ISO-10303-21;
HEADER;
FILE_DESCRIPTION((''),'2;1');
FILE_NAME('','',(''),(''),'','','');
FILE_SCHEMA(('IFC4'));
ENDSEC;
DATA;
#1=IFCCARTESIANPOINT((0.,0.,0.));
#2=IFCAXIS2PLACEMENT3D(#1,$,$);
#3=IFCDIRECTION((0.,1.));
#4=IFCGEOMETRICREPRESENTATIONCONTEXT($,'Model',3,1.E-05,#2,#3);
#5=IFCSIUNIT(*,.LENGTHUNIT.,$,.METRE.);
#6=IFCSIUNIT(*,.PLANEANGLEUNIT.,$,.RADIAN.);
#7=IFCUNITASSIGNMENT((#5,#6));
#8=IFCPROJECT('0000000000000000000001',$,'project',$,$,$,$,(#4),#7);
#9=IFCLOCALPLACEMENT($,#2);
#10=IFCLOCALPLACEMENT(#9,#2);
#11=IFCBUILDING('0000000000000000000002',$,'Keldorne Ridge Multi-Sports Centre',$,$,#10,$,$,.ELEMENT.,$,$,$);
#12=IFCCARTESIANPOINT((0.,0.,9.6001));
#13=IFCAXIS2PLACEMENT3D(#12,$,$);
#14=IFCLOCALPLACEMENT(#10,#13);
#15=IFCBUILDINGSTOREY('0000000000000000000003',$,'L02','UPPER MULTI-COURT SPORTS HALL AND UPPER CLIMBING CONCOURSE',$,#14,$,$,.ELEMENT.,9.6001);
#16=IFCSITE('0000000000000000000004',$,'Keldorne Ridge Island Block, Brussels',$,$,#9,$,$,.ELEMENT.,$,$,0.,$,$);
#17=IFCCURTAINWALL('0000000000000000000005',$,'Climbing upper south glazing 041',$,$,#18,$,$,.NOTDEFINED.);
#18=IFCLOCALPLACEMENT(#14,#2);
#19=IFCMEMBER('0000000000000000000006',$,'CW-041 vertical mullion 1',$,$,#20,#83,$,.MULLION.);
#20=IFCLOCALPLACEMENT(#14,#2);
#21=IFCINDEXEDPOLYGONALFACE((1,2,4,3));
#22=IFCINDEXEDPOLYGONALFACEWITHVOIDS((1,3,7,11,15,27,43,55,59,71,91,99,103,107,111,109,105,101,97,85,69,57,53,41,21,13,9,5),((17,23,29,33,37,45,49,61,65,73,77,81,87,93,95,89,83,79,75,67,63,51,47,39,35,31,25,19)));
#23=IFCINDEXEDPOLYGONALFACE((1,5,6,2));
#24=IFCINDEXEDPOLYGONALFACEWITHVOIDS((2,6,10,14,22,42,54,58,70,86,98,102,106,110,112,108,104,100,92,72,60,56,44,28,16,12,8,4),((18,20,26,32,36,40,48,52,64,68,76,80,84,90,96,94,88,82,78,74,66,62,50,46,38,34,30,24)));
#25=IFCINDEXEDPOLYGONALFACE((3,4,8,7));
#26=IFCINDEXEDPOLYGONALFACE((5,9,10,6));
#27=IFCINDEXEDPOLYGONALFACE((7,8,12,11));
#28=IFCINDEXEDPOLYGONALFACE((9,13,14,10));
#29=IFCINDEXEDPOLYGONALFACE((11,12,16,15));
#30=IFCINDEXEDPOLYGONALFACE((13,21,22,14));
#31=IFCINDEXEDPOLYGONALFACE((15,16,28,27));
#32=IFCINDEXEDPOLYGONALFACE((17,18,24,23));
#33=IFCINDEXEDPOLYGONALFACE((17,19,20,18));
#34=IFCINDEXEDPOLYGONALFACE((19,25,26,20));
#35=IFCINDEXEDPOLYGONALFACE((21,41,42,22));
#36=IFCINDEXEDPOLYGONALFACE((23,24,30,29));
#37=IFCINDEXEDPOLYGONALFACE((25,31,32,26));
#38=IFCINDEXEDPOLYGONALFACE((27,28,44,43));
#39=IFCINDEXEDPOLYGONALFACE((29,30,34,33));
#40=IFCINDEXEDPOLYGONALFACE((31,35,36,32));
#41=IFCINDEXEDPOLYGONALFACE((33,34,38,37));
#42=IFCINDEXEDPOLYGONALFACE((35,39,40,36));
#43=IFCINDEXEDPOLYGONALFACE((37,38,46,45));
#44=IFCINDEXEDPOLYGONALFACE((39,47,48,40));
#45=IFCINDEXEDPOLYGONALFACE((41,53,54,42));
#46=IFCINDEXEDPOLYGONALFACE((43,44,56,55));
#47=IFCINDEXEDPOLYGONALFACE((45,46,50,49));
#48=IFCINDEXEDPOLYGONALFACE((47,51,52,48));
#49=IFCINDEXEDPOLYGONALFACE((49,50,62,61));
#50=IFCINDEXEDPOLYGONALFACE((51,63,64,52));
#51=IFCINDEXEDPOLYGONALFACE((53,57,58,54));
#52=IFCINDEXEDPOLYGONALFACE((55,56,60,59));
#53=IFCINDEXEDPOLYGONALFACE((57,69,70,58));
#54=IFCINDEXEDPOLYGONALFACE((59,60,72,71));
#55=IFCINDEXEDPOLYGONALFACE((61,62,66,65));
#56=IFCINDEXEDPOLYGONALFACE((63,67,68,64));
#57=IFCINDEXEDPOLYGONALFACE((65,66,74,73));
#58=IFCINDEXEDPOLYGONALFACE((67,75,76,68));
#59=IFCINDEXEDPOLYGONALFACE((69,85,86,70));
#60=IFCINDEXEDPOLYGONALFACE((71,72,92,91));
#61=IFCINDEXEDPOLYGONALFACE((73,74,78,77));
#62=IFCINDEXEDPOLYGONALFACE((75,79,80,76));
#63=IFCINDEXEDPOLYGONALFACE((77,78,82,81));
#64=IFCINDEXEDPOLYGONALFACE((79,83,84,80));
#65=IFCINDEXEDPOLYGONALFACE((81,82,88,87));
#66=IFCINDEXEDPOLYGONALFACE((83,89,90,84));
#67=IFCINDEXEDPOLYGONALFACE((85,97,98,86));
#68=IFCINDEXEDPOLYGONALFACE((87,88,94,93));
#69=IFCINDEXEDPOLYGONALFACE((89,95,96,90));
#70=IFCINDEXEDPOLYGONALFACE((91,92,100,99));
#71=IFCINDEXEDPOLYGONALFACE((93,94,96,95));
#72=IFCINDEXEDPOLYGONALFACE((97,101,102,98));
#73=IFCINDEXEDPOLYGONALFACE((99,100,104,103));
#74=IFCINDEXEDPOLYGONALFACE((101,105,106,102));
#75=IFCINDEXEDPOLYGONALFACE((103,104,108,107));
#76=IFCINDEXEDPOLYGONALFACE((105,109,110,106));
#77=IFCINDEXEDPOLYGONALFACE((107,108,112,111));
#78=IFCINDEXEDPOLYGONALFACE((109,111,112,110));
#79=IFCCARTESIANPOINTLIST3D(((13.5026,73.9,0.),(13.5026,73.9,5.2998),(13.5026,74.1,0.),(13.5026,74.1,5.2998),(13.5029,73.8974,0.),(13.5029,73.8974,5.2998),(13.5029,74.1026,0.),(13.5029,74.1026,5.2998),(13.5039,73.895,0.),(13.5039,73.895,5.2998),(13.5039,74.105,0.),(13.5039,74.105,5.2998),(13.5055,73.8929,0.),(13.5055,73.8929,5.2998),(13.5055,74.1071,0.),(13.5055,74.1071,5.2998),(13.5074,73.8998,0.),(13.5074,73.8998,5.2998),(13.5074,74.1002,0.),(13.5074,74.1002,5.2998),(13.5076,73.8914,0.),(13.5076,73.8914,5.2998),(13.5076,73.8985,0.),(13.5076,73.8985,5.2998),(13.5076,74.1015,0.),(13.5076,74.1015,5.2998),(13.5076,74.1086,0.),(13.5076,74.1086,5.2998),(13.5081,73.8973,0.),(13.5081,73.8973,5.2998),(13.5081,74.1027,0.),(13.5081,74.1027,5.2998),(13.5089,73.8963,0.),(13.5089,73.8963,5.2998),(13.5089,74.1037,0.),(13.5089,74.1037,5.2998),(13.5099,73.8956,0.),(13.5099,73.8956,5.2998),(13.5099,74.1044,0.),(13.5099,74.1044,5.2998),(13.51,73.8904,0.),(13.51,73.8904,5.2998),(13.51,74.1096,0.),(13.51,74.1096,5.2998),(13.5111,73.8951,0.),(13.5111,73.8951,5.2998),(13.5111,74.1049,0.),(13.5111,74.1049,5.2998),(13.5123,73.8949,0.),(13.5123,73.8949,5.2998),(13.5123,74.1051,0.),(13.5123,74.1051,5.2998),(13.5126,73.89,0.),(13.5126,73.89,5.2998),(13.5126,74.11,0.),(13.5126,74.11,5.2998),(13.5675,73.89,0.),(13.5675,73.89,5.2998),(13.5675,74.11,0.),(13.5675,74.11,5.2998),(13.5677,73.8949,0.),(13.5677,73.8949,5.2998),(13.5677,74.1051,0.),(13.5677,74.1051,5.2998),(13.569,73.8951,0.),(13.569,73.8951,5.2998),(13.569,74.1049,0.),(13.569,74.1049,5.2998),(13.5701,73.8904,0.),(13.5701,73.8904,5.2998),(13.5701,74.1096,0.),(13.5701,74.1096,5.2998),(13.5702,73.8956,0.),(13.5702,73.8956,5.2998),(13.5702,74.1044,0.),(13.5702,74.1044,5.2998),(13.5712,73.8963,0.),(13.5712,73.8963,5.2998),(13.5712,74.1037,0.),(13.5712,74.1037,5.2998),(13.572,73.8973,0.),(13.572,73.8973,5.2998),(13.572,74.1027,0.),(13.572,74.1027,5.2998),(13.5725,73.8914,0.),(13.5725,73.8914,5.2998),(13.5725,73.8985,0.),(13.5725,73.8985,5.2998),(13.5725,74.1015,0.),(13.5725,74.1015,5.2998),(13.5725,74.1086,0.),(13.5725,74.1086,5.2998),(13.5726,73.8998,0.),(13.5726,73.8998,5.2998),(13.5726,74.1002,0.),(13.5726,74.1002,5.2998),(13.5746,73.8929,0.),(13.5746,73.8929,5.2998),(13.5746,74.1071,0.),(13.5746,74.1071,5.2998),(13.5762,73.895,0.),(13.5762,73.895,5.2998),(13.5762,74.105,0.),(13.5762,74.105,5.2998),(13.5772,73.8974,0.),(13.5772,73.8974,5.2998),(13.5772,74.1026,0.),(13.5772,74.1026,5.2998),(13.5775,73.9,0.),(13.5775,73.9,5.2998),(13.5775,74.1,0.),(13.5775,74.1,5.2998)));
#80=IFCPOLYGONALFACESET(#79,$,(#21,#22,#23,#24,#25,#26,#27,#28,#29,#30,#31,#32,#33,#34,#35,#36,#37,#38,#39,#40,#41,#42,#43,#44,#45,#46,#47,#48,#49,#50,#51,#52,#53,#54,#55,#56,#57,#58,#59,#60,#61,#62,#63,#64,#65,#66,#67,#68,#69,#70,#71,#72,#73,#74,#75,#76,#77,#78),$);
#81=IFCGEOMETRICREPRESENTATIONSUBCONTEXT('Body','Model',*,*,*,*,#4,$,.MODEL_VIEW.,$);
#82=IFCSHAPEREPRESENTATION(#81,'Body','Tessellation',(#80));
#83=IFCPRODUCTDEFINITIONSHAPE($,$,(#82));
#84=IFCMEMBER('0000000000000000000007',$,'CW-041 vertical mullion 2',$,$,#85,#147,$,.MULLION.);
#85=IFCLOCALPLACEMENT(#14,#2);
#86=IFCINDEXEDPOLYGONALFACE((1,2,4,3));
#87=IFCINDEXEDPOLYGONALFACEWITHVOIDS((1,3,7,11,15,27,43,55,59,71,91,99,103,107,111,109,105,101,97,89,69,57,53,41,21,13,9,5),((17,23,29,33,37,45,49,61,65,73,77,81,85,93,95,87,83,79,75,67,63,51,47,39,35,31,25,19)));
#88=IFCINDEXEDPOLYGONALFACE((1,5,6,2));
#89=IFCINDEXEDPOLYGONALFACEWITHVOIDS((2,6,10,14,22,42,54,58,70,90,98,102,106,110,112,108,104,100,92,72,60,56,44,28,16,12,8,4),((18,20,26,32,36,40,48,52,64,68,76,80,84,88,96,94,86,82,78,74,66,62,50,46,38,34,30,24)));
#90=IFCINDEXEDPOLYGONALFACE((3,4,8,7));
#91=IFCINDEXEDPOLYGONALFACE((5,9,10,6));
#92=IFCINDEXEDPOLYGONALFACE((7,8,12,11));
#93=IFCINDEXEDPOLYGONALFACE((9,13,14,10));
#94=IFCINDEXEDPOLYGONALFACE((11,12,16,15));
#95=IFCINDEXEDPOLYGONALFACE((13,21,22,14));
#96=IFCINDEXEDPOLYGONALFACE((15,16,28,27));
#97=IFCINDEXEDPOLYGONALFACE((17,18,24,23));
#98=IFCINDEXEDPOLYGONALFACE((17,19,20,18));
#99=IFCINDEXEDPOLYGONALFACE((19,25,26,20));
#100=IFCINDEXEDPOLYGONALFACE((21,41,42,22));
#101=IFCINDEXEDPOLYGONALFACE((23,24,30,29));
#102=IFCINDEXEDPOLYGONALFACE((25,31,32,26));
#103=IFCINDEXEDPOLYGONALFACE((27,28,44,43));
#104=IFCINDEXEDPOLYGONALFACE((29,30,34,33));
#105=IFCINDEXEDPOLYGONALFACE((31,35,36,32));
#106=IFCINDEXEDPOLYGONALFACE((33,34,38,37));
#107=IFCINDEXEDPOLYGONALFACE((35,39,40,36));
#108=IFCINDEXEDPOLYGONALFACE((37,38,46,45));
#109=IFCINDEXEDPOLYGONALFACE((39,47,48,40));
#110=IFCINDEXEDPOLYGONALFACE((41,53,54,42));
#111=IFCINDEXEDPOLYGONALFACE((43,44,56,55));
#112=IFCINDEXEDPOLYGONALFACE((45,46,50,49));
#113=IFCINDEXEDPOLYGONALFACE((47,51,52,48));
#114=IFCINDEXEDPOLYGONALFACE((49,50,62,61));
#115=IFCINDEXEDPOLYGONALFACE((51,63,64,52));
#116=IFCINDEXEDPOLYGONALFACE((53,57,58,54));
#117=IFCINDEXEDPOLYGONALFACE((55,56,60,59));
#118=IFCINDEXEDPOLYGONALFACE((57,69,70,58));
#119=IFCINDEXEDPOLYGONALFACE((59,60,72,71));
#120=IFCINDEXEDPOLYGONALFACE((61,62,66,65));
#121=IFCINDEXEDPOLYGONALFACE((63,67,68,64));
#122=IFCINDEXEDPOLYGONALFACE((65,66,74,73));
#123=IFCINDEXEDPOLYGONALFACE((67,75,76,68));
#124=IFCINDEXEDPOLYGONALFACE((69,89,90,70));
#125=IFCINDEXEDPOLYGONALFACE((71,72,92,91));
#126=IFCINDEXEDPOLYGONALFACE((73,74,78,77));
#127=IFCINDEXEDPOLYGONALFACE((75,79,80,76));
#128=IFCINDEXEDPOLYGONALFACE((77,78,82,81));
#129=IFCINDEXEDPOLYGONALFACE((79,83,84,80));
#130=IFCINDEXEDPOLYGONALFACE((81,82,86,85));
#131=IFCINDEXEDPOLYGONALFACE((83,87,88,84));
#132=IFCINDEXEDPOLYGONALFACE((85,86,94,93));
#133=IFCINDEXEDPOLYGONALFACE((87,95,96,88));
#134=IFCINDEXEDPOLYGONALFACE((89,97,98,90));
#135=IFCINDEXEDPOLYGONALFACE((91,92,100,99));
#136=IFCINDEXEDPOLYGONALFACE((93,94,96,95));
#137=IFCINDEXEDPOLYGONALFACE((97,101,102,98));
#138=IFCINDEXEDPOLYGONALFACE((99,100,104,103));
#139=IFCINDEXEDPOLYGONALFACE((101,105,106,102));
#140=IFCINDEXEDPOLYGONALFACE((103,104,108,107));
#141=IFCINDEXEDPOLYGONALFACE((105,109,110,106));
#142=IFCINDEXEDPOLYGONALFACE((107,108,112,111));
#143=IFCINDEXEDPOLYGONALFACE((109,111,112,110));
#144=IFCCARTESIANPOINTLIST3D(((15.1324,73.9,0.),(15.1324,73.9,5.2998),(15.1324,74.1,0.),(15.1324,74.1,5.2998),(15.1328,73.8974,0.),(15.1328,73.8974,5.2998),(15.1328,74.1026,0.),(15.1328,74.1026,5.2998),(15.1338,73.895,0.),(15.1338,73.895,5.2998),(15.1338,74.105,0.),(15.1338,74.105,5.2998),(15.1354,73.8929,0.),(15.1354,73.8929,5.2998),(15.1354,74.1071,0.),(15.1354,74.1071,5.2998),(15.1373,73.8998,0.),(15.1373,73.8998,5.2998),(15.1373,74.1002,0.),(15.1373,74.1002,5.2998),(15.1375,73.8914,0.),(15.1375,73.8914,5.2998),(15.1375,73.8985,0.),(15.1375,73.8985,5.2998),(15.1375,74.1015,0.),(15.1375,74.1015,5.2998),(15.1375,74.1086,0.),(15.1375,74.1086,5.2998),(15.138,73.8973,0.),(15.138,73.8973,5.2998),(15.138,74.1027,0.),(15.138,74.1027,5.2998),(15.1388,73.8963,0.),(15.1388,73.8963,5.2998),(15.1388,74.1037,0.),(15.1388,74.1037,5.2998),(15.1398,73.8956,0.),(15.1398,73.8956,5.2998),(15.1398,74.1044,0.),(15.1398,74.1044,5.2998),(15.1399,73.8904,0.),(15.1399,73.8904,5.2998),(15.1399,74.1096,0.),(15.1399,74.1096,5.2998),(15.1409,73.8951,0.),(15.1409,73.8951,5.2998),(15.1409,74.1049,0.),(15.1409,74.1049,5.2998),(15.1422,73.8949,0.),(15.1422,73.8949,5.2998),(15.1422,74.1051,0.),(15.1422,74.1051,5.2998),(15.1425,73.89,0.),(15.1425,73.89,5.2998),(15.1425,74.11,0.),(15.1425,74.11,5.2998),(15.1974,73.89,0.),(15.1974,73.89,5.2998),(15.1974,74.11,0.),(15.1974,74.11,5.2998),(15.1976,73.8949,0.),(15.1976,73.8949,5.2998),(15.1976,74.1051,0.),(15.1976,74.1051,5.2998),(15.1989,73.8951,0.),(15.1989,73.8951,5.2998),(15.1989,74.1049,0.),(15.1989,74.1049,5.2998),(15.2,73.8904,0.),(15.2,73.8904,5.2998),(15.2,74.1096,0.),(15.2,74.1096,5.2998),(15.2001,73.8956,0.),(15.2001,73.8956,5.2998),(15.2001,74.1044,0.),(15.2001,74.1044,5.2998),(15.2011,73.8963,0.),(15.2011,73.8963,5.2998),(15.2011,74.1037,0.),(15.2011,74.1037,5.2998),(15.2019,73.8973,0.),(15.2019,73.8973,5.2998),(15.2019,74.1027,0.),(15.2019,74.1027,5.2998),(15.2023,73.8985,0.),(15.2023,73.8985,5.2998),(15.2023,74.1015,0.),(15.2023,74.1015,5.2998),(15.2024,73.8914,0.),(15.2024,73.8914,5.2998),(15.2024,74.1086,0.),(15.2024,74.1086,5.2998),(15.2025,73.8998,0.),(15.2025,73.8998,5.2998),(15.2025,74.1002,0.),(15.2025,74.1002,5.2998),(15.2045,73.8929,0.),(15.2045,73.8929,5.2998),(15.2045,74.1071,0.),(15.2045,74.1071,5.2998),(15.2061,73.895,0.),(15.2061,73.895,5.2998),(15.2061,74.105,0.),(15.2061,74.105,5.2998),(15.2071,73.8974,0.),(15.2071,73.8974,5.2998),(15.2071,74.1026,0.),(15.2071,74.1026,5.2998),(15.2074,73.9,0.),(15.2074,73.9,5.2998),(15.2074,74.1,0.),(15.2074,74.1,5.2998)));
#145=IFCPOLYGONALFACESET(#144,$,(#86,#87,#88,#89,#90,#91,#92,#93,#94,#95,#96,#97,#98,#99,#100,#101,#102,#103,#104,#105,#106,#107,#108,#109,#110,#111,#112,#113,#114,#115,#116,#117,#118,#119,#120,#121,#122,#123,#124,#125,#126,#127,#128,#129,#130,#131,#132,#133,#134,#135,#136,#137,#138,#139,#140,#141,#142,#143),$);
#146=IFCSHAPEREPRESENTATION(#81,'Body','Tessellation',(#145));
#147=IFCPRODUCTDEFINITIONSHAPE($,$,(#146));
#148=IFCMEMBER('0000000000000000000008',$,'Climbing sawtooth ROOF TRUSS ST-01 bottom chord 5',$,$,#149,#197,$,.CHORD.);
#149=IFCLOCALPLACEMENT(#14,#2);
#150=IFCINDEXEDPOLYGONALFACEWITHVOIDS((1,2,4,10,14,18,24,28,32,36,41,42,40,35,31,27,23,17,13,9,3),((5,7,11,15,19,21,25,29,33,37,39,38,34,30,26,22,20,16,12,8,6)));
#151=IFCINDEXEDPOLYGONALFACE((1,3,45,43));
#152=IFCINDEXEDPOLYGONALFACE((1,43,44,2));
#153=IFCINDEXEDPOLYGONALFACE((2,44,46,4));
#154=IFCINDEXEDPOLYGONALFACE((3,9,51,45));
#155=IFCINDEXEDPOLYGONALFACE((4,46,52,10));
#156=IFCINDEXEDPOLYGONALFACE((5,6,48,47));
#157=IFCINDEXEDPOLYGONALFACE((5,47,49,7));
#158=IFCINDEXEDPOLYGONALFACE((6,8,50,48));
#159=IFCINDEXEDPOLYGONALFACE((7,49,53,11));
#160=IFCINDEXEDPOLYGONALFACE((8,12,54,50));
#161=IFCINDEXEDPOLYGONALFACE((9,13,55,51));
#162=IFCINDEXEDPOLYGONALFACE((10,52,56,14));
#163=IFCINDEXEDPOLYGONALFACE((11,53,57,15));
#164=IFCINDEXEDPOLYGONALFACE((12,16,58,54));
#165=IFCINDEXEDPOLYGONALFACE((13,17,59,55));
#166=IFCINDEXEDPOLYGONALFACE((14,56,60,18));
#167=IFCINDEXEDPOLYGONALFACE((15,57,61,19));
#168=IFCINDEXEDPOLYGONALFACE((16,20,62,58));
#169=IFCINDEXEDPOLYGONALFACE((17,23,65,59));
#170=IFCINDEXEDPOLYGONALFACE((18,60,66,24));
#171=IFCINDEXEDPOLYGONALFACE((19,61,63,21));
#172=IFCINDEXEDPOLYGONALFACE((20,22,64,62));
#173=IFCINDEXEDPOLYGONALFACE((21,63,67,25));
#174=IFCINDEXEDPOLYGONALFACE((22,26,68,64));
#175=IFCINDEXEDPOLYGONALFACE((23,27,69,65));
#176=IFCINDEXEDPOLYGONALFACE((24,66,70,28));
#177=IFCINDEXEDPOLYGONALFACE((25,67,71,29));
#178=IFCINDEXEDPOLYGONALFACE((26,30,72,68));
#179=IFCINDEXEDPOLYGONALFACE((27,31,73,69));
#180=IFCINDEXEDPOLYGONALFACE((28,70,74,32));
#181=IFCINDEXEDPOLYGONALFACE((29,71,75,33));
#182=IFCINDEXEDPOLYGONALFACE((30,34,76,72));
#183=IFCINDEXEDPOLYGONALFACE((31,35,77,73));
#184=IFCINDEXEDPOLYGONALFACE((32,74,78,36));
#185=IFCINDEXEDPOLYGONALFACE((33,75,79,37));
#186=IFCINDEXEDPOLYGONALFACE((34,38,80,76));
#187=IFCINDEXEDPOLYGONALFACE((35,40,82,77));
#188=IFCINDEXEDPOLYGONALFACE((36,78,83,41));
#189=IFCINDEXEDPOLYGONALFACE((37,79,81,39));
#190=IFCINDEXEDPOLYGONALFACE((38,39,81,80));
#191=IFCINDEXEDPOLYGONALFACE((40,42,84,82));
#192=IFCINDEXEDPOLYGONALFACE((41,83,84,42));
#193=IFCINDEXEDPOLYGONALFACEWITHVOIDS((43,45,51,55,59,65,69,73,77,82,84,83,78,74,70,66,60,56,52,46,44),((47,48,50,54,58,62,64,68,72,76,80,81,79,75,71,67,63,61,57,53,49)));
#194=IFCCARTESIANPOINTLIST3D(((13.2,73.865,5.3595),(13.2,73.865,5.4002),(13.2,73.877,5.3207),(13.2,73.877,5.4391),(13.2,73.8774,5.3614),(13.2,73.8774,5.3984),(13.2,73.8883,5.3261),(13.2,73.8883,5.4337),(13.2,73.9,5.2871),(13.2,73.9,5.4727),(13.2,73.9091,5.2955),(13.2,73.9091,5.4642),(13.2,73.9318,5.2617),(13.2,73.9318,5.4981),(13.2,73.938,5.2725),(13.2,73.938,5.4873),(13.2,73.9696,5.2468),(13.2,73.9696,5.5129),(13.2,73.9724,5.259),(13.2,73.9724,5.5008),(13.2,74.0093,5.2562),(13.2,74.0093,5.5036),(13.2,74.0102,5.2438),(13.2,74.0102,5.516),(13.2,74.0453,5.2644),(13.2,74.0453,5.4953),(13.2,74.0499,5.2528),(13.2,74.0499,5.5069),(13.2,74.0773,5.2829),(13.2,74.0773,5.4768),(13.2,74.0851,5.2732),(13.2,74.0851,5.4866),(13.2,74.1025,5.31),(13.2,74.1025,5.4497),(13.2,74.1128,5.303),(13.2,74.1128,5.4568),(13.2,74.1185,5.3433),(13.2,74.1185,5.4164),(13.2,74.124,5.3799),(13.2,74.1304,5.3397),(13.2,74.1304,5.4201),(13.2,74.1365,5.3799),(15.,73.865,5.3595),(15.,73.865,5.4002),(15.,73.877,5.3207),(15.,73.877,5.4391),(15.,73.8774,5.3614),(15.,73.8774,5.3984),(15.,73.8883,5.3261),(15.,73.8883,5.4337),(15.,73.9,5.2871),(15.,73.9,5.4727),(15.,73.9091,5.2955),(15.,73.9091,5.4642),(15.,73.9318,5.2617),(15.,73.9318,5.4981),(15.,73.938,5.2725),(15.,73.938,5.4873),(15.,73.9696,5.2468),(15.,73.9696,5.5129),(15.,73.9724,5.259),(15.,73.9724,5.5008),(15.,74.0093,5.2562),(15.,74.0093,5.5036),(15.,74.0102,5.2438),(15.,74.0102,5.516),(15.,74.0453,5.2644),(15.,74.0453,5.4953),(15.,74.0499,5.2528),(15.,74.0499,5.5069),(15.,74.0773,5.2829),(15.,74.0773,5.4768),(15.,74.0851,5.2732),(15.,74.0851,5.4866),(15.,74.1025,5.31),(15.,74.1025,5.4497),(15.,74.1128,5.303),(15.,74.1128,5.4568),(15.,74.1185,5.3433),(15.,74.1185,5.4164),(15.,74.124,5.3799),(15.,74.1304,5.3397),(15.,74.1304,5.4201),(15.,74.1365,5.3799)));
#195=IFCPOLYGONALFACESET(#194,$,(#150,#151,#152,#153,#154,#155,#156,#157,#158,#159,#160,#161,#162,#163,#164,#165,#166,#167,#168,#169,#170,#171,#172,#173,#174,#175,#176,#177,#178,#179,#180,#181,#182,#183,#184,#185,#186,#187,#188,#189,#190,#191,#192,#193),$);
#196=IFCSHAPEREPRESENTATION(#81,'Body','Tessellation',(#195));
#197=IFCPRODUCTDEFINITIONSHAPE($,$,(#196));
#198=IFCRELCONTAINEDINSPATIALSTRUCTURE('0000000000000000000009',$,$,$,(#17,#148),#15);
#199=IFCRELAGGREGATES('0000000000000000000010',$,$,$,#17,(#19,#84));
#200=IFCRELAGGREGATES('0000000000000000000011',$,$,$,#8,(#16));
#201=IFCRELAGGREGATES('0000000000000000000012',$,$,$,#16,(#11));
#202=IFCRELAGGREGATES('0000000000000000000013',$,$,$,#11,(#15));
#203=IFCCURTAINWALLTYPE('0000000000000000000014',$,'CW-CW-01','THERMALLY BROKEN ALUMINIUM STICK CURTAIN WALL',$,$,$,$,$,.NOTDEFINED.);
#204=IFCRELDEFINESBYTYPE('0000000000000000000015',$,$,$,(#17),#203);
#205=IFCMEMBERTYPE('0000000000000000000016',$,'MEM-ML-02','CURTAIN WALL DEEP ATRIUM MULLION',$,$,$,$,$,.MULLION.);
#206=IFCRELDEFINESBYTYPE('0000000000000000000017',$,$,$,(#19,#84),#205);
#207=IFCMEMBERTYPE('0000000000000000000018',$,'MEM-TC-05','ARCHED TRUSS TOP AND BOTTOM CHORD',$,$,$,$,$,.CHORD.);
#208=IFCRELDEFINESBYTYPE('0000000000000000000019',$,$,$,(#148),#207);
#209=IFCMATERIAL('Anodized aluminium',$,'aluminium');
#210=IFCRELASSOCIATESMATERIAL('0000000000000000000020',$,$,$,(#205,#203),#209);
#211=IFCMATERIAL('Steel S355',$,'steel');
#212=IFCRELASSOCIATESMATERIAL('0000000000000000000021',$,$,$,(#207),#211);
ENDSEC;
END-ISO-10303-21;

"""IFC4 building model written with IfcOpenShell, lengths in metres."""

from ifc_helpers import new_model, si_unit, direction, frame, origin, origin_2d, place, context, subcontext, project, spatial, hollow_rectangle, hollow_circle, extrude, material, material_profile, profile_set, type_object, element, aggregate, save


model = new_model("IFC4")

# Units and contexts
model_context = context("Model", 3, precision=1e-05, world=origin(), true_north=direction((0.0, 1.0)))
body_context = subcontext(model_context, "Body", "Model", "MODEL_VIEW")
ifc_project = project(units=[si_unit("LENGTHUNIT", "METRE"), si_unit("PLANEANGLEUNIT", "RADIAN")], contexts=[model_context])

# Site, building, storey
site_placement = place(None, origin())
site = spatial("IfcSite", under=ifc_project, at=site_placement, Name="Keldorne Ridge Island Block, Brussels", CompositionType="ELEMENT", RefElevation=0.0)
building_placement = place(site_placement, origin())
building = spatial("IfcBuilding", under=site, at=building_placement, Name="Keldorne Ridge Multi-Sports Centre", CompositionType="ELEMENT")
storey_placement = place(building_placement, frame((0.0, 0.0, 9.6001)))
storey = spatial("IfcBuildingStorey", under=building, at=storey_placement, Name="L02", Description="UPPER MULTI-COURT SPORTS HALL AND UPPER CLIMBING CONCOURSE", CompositionType="ELEMENT", Elevation=9.6001)

# Shared definitions
ifc_material_1 = material(Name="Steel S355", Category="steel")

# Shared definitions
ifc_material_2 = material(Name="Anodized aluminium", Category="aluminium")
ifc_material_profile_1 = material_profile(ifc_material_2, hollow_rectangle(XDim=0.075, YDim=0.22, WallThickness=0.0049, InnerFilletRadius=0.0049, OuterFilletRadius=0.01, at=origin_2d()), Name="ALU MULLION 220x75x5")
ifc_profile_set_1 = profile_set([ifc_material_profile_1], Name="Anodized aluminium")
member_type_1 = type_object("IfcMemberType", Name="MEM-ML-02", Description="CURTAIN WALL DEEP ATRIUM MULLION", PredefinedType="MULLION", material=ifc_profile_set_1)

# Curtain wall, members
curtain_wall_type_1 = type_object("IfcCurtainWallType", Name="CW-CW-01", Description="THERMALLY BROKEN ALUMINIUM STICK CURTAIN WALL", PredefinedType="NOTDEFINED", material=ifc_material_2)
curtain_wall_1_placement = place(storey_placement, origin())
curtain_wall_1 = element("IfcCurtainWall", 1, at=curtain_wall_1_placement, inside=storey, type_object=curtain_wall_type_1, Name="Climbing upper south glazing 041", PredefinedType="NOTDEFINED")
member_1_placement = place(storey_placement, frame((13.54, 74.0, 0.0), z_axis=(0.0, 0.0, 1.0), x_axis=(1.0, 0.0, 0.0)))
member_1 = element("IfcMember", 2, at=member_1_placement, type_object=member_type_1, Name="CW-041 vertical mullion 1", PredefinedType="MULLION", context=body_context, shape_type="SweptSolid", body=[
    extrude(hollow_rectangle(XDim=0.075, YDim=0.22, WallThickness=0.0049, InnerFilletRadius=0.0049, OuterFilletRadius=0.01, at=origin_2d()), origin(), (0.0, 0.0, 1.0), 5.2998),
])
member_2_placement = place(storey_placement, frame((15.1699, 74.0, 0.0), z_axis=(0.0, 0.0, 1.0), x_axis=(1.0, 0.0, 0.0)))
member_2 = element("IfcMember", 3, at=member_2_placement, type_object=member_type_1, Name="CW-041 vertical mullion 2", PredefinedType="MULLION", context=body_context, shape_type="SweptSolid", body=[
    extrude(hollow_rectangle(XDim=0.075, YDim=0.22, WallThickness=0.0049, InnerFilletRadius=0.0049, OuterFilletRadius=0.01, at=origin_2d()), origin(), (0.0, 0.0, 1.0), 5.2998),
])

# Member
ifc_material_profile_2 = material_profile(ifc_material_1, hollow_circle(Radius=0.1365, WallThickness=0.0125, at=origin_2d()), Name="CHS 273x12.5")
ifc_profile_set_2 = profile_set([ifc_material_profile_2], Name="Steel S355")
member_type_2 = type_object("IfcMemberType", Name="MEM-TC-05", Description="ARCHED TRUSS TOP AND BOTTOM CHORD", PredefinedType="CHORD", material=ifc_profile_set_2)
for number, where, z_axis, x_axis, name in (
    (4, (13.2, 74.0, 5.3799), (1.0, 0.0, 0.0), (0.0, 1.0, 0.0), "Climbing sawtooth ROOF TRUSS ST-01 bottom chord 5"),
):
    element("IfcMember", number, at=place(storey_placement, frame(where, z_axis=z_axis, x_axis=x_axis)), inside=storey, type_object=member_type_2, Name=name, PredefinedType="CHORD", context=body_context, shape_type="SweptSolid", body=[
        extrude(hollow_circle(Radius=0.1365, WallThickness=0.0125, at=origin_2d()), origin(), (0.0, 0.0, 1.0), 1.8),
    ])

aggregate(curtain_wall_1, [member_1, member_2])

save(model, "model.ifc")
